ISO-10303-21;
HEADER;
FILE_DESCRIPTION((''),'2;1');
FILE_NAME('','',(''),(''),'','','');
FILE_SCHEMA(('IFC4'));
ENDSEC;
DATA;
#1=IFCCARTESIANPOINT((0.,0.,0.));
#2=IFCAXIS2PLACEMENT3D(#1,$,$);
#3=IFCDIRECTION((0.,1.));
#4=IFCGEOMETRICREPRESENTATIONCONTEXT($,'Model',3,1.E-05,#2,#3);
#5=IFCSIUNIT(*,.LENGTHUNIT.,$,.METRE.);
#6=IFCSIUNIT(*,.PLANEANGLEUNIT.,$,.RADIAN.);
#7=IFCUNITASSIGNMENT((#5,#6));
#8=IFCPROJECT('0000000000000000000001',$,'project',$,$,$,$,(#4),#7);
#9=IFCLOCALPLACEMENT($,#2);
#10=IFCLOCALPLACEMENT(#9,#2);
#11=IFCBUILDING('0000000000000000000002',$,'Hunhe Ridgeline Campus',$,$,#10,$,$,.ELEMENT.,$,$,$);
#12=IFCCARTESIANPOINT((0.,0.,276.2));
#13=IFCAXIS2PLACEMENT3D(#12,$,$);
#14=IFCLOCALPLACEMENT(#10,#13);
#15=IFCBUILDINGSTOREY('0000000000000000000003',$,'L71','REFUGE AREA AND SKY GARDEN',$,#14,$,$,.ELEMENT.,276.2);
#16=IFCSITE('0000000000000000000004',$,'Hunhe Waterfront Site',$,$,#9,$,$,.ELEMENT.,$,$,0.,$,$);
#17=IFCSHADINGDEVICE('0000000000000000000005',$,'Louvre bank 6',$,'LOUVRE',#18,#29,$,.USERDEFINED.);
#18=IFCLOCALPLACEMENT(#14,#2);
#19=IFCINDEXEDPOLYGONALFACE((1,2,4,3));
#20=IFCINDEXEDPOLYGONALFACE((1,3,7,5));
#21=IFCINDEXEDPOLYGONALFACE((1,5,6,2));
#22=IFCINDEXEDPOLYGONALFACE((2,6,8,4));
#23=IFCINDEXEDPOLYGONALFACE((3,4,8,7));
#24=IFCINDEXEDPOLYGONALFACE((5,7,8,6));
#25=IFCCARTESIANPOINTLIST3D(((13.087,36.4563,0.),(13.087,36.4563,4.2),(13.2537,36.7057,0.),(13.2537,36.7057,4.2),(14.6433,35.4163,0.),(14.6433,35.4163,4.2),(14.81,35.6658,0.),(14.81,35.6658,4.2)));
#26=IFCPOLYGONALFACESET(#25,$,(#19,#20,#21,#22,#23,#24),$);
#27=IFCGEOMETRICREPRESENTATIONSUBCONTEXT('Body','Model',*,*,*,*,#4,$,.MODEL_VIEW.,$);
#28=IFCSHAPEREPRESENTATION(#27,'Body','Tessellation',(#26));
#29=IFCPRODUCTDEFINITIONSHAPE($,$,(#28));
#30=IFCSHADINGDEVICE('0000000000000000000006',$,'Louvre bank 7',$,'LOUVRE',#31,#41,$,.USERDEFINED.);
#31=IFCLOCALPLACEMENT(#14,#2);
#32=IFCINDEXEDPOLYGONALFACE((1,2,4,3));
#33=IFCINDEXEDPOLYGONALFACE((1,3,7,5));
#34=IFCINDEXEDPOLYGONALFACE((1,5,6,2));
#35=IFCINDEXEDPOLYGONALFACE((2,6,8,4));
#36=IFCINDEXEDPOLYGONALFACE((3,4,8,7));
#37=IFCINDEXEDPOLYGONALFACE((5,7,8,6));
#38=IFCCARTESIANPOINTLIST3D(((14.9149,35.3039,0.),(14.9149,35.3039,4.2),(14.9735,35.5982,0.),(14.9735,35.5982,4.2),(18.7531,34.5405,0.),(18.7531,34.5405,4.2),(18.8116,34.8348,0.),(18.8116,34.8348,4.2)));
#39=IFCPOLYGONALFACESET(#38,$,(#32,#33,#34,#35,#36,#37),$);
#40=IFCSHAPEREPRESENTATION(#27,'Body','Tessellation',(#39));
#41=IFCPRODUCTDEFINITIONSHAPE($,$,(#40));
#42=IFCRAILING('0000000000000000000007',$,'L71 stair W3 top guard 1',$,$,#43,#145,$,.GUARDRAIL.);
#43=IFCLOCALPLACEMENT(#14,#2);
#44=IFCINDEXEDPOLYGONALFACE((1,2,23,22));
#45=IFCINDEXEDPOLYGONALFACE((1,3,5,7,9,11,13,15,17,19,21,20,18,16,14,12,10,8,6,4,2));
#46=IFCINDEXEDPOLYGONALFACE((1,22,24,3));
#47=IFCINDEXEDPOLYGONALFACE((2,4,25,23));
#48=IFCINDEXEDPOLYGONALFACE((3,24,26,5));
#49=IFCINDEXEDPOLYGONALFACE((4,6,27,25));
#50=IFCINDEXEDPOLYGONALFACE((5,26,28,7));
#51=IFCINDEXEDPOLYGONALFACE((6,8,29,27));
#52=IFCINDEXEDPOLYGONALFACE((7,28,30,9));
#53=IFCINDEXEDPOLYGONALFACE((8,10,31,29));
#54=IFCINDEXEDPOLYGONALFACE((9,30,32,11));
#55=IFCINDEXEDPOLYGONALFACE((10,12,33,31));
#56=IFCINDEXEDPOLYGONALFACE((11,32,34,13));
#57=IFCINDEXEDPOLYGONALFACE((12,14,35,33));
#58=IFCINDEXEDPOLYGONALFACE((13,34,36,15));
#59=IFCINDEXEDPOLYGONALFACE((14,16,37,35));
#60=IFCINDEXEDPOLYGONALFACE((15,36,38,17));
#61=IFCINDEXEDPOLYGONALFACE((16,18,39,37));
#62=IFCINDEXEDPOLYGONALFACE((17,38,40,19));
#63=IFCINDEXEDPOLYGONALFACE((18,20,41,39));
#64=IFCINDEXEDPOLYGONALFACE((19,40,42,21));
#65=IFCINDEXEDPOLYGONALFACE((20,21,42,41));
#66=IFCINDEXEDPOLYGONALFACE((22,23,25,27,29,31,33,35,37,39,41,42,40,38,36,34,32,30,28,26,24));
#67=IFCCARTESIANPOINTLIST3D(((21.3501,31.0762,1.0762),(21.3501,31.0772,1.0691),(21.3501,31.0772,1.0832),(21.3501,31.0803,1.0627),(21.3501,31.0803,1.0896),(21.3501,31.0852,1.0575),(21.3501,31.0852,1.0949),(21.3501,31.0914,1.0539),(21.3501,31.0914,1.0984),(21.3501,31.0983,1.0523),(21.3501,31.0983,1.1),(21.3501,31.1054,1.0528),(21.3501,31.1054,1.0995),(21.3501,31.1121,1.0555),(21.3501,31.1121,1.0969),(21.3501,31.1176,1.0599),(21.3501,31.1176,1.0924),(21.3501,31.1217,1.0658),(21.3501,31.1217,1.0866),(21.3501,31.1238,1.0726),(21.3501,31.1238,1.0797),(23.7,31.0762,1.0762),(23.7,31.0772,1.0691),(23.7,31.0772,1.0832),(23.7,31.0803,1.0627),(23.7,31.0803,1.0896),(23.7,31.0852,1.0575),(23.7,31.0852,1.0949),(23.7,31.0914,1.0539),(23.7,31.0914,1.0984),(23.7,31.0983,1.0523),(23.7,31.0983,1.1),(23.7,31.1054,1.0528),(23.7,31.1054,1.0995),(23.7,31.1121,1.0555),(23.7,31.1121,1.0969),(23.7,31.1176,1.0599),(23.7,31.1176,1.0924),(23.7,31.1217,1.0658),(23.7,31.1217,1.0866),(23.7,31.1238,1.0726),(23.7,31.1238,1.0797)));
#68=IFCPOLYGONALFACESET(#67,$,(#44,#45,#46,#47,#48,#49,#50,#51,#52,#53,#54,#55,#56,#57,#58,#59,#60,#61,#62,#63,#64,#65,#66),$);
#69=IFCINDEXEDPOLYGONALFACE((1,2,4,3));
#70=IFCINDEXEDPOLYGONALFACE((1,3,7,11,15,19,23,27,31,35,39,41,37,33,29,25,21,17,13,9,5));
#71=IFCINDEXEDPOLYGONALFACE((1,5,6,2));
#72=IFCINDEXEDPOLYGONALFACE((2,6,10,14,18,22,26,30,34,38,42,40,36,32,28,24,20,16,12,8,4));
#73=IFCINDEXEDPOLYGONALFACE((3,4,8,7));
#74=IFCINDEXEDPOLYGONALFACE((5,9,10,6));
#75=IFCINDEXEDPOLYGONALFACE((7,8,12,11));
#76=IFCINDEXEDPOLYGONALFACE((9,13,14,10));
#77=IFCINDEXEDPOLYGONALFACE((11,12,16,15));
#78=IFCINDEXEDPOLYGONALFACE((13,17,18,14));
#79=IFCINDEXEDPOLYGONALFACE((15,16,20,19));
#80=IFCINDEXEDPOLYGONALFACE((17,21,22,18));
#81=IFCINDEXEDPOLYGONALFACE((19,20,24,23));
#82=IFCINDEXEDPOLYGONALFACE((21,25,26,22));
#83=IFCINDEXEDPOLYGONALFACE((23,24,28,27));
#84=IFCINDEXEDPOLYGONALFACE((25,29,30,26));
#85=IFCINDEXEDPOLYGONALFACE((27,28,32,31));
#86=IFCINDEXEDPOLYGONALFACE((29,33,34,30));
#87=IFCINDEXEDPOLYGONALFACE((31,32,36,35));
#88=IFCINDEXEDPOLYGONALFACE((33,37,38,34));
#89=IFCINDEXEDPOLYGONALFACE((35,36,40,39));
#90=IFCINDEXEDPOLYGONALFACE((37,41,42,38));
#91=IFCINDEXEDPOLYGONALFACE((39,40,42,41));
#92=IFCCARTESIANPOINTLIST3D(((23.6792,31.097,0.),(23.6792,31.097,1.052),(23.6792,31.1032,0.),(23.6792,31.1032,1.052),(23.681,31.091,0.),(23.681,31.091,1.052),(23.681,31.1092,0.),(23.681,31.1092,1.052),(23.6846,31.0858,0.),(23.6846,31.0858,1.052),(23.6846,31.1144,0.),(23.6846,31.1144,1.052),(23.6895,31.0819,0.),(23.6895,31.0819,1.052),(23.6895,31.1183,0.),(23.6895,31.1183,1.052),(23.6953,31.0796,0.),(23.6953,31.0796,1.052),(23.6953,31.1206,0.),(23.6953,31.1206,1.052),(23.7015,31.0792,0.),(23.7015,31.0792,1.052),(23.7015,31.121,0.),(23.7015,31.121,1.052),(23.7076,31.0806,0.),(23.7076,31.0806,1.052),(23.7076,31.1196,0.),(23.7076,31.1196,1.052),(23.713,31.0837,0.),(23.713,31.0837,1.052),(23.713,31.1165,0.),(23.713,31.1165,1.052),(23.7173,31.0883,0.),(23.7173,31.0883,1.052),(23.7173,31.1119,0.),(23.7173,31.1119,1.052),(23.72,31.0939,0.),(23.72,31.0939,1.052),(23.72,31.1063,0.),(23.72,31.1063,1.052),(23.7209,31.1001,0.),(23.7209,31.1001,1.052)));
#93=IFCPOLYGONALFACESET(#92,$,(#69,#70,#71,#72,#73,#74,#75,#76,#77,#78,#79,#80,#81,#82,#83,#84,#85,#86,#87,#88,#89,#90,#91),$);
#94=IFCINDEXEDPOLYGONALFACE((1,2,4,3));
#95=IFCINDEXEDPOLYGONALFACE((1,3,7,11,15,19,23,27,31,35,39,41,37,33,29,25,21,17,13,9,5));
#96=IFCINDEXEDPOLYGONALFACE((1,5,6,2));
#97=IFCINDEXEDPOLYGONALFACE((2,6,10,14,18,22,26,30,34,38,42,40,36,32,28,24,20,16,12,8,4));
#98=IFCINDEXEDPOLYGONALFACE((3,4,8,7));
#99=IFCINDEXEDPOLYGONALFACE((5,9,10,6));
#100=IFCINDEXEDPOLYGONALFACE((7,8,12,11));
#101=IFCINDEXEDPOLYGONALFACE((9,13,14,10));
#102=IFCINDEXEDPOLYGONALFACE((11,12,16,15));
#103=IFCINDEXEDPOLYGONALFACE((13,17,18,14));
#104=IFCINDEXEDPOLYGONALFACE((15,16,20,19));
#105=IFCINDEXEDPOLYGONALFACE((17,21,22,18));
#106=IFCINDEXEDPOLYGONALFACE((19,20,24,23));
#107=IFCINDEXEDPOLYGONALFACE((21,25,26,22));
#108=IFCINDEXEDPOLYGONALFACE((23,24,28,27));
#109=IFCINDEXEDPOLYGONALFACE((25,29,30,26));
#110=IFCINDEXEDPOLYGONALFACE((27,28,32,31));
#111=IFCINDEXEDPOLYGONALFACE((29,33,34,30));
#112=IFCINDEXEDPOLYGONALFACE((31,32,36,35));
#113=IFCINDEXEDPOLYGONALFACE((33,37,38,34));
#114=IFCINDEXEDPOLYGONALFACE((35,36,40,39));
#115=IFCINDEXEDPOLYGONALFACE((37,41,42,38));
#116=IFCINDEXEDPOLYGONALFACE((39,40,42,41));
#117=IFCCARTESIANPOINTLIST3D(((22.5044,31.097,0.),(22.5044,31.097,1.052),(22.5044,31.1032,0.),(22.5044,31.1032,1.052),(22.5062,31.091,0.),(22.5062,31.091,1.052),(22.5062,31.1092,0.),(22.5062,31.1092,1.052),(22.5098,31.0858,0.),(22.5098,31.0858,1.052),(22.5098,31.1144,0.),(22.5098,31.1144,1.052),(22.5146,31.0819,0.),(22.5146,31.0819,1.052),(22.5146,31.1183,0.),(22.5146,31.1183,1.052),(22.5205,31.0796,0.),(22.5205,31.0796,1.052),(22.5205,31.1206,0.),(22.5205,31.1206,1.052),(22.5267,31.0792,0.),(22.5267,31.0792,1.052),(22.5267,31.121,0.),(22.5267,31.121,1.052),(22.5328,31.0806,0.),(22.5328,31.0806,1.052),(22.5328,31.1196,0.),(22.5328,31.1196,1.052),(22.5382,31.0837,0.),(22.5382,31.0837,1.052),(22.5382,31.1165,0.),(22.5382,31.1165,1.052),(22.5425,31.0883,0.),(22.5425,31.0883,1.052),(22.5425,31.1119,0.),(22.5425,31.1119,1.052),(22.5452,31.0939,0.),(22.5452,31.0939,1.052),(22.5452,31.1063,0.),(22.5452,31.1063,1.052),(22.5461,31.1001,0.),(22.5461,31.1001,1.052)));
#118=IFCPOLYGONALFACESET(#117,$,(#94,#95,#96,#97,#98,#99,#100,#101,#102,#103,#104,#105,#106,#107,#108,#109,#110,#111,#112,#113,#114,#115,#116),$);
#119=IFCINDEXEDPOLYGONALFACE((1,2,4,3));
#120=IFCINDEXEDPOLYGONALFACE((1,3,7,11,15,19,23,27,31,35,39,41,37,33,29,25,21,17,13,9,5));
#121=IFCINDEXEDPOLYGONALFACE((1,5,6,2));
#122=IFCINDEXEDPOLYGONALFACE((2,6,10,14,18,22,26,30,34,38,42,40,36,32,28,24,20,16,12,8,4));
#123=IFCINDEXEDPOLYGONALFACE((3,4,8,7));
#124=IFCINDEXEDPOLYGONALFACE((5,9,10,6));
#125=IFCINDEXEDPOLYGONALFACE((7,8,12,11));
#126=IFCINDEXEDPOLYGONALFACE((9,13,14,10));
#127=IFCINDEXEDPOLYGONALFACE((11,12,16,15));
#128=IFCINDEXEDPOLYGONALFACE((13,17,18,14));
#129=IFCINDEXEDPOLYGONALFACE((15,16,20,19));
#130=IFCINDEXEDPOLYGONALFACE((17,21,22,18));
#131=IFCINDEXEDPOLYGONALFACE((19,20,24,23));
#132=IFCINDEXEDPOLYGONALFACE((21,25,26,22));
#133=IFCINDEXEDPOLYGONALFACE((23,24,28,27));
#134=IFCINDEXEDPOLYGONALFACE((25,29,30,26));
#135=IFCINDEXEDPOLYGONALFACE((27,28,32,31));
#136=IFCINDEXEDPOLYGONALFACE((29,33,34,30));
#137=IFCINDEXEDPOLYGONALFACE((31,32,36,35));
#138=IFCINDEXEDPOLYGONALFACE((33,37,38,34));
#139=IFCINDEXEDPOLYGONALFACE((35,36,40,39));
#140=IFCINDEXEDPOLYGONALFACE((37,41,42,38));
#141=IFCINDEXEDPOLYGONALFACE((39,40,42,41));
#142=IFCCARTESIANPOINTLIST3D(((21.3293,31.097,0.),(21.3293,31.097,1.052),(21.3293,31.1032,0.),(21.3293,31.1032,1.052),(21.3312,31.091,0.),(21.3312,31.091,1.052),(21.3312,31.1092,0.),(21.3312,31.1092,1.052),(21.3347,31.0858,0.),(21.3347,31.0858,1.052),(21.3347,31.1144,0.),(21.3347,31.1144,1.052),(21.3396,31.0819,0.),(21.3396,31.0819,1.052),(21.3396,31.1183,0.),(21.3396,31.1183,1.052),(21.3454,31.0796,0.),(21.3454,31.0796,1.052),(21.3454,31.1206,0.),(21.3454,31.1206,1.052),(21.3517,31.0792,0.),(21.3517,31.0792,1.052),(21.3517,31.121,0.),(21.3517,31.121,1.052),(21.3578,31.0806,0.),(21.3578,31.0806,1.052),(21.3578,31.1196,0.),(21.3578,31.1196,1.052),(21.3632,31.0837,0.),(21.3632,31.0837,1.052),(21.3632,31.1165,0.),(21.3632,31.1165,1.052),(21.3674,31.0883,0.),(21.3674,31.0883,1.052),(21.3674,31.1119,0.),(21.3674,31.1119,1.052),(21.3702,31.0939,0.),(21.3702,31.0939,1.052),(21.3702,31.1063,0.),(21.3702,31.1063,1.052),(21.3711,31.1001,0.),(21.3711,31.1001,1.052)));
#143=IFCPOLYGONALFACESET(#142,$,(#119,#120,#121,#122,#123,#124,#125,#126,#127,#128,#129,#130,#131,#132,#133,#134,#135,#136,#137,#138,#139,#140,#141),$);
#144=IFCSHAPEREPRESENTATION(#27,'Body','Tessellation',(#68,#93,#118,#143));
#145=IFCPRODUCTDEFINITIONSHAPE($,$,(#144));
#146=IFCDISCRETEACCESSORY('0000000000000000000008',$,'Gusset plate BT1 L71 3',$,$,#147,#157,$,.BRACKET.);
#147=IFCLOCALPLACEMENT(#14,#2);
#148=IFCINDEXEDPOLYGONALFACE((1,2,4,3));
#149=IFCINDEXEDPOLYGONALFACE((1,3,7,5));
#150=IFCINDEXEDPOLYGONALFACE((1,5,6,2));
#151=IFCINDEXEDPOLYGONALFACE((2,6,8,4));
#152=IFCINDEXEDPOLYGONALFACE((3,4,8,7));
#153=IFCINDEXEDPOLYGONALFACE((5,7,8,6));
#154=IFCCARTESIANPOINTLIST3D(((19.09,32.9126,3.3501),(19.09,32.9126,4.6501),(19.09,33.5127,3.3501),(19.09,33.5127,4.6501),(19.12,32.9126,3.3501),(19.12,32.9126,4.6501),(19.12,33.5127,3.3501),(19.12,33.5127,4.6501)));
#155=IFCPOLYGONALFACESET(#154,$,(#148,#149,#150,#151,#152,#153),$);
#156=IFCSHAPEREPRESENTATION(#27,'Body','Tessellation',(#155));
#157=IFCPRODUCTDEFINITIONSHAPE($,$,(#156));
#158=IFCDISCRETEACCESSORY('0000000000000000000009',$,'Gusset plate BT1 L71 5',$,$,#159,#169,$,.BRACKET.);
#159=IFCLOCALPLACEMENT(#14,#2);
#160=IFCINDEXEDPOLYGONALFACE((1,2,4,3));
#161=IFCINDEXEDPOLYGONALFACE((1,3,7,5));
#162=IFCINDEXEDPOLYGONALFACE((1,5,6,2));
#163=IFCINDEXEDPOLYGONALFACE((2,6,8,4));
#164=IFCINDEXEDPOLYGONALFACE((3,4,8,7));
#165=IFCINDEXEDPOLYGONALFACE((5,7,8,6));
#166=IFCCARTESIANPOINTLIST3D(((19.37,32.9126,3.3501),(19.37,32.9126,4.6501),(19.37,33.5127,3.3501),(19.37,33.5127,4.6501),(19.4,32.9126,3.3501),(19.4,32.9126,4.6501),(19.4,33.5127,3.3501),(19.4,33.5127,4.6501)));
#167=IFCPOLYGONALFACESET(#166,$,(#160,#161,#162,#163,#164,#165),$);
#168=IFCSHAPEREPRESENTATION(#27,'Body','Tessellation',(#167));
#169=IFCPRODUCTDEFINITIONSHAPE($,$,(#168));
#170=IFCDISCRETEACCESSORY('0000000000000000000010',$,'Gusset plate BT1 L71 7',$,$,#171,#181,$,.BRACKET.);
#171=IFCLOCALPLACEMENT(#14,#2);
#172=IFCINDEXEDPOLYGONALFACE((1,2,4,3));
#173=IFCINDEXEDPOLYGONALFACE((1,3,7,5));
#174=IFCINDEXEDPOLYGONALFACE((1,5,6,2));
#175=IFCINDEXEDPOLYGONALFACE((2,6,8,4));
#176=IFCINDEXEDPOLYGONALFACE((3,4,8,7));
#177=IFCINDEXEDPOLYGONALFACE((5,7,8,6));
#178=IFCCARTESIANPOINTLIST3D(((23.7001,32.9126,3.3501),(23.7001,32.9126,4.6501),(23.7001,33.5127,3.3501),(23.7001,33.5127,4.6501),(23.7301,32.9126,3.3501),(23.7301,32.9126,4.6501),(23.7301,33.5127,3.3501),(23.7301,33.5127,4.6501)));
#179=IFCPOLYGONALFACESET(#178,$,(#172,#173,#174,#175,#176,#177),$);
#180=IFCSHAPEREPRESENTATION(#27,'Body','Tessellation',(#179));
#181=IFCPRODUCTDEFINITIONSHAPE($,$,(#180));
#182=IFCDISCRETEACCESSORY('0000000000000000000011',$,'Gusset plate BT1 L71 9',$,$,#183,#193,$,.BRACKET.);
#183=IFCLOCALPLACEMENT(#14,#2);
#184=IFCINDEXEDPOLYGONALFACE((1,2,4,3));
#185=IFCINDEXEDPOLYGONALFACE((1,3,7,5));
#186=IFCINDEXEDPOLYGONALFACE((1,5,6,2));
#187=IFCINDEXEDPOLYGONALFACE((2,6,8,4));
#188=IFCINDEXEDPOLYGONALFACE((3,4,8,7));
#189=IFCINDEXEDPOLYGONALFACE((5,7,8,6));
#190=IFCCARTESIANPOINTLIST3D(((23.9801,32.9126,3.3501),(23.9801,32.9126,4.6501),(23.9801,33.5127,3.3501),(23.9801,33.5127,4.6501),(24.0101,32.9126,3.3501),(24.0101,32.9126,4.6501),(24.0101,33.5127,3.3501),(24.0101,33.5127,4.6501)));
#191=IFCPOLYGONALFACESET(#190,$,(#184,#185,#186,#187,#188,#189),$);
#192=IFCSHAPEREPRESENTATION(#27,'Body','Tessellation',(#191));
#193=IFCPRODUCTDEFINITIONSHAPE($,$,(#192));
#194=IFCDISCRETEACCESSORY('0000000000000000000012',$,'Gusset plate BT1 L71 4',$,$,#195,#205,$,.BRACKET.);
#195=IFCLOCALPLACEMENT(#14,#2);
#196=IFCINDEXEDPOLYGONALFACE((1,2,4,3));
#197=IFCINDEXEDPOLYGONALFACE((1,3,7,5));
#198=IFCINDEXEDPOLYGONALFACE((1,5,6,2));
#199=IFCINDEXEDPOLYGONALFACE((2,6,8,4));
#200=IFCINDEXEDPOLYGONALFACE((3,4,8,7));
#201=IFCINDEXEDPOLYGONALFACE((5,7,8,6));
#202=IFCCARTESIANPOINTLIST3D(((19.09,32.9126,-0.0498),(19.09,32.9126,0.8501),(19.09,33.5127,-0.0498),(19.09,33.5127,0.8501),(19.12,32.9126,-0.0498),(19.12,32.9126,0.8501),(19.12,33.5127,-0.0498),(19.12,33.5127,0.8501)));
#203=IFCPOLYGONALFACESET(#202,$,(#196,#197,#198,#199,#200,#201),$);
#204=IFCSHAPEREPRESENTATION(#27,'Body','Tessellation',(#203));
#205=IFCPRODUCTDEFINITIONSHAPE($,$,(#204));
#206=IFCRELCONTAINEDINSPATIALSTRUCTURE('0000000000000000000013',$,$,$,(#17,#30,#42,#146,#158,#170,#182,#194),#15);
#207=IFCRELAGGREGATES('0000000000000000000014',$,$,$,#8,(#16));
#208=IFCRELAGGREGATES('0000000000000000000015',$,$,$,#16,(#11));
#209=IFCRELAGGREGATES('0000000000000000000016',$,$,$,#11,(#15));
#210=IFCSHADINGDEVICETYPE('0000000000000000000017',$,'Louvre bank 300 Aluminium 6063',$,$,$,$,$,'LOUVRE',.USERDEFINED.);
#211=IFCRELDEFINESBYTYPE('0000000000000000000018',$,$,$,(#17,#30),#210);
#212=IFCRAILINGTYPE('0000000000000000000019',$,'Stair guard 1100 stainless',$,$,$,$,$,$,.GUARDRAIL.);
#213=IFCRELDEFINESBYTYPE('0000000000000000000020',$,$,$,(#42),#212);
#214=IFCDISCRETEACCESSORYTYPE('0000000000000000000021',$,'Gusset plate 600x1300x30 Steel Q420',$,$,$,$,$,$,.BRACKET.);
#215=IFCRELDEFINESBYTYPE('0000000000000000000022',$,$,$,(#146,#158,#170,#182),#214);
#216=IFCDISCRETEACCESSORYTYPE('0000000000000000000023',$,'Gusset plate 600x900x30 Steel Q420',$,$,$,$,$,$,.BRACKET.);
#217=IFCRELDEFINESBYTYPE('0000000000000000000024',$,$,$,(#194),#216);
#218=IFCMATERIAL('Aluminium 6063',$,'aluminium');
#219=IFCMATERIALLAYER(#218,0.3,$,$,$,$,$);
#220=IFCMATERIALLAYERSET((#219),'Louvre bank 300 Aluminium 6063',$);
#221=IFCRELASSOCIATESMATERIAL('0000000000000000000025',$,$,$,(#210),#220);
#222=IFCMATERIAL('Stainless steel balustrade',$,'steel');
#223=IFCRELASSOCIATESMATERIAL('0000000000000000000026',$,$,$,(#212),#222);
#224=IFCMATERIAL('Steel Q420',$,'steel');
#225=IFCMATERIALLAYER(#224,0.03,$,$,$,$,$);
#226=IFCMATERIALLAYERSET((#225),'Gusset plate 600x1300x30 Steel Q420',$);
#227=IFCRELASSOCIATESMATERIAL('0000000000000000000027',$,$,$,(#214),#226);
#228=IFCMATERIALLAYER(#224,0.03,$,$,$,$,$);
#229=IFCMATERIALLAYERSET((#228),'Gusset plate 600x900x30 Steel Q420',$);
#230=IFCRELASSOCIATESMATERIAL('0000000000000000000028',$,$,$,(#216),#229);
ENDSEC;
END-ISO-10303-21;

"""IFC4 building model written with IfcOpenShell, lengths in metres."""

from ifc_helpers import new_model, si_unit, direction, frame, origin, origin_2d, place, context, subcontext, project, spatial, rectangle, circle, extrude, material, layer, layer_set, type_object, element, save


model = new_model("IFC4")

# Units and contexts
model_context = context("Model", 3, precision=1e-05, world=origin(), true_north=direction((0.0, 1.0)))
body_context = subcontext(model_context, "Body", "Model", "MODEL_VIEW")
ifc_project = project(units=[si_unit("LENGTHUNIT", "METRE"), si_unit("PLANEANGLEUNIT", "RADIAN")], contexts=[model_context])

# Site, building, storey
site_placement = place(None, origin())
site = spatial("IfcSite", under=ifc_project, at=site_placement, Name="Hunhe Waterfront Site", CompositionType="ELEMENT", RefElevation=0.0)
building_placement = place(site_placement, origin())
building = spatial("IfcBuilding", under=site, at=building_placement, Name="Hunhe Ridgeline Campus", CompositionType="ELEMENT")
storey_placement = place(building_placement, frame((0.0, 0.0, 276.2)))
storey = spatial("IfcBuildingStorey", under=building, at=storey_placement, Name="L71", Description="REFUGE AREA AND SKY GARDEN", CompositionType="ELEMENT", Elevation=276.2)

# Shared definitions
ifc_material_1 = material(Name="Steel Q420", Category="steel")
ifc_material_2 = material(Name="Aluminium 6063", Category="aluminium")

# Shading devices
ifc_layer_1 = layer(ifc_material_2, 0.3)
ifc_layer_set_1 = layer_set([ifc_layer_1], Name="Louvre bank 300 Aluminium 6063")
shading_device_type = type_object("IfcShadingDeviceType", Name="Louvre bank 300 Aluminium 6063", ElementType="LOUVRE", PredefinedType="USERDEFINED", material=ifc_layer_set_1)
shading_device_1_placement = place(storey_placement, frame((13.9485, 36.061, 0.0), z_axis=(0.0, 0.0, 1.0), x_axis=(0.83147, -0.55557, 0.0)))
element("IfcShadingDevice", 1, at=shading_device_1_placement, inside=storey, type_object=shading_device_type, Name="Louvre bank 6", ObjectType="LOUVRE", PredefinedType="USERDEFINED", context=body_context, shape_type="SweptSolid", body=[
    extrude(rectangle(XDim=1.8718, YDim=0.3, at=origin_2d()), origin(), (0.0, 0.0, 1.0), 4.2),
])
shading_device_2_placement = place(storey_placement, frame((16.8633, 35.0693, 0.0), z_axis=(0.0, 0.0, 1.0), x_axis=(0.980785, -0.19509, 0.0)))
element("IfcShadingDevice", 2, at=shading_device_2_placement, inside=storey, type_object=shading_device_type, Name="Louvre bank 7", ObjectType="LOUVRE", PredefinedType="USERDEFINED", context=body_context, shape_type="SweptSolid", body=[
    extrude(rectangle(XDim=3.9133, YDim=0.3, at=origin_2d()), origin(), (0.0, 0.0, 1.0), 4.2),
])

# Railing
ifc_material_3 = material(Name="Stainless steel balustrade", Category="steel")
railing_type_1 = type_object("IfcRailingType", Name="Stair guard 1100 stainless", PredefinedType="GUARDRAIL", material=ifc_material_3)
railing_1_placement = place(storey_placement, frame((23.7, 31.1001, 0.0)))
element("IfcRailing", 3, at=railing_1_placement, inside=storey, type_object=railing_type_1, Name="L71 stair W3 top guard 1", PredefinedType="GUARDRAIL", context=body_context, shape_type="SweptSolid", body=[
    extrude(circle(Radius=0.0239, at=origin_2d()), frame((0.0, 0.0, 1.0762), z_axis=(-1.0, 0.0, 0.0), x_axis=(0.0, -1.0, 0.0)), (0.0, 0.0, 1.0), 2.3499),
    extrude(circle(Radius=0.021, at=origin_2d()), origin(), (0.0, 0.0, 1.0), 1.052),
    extrude(circle(Radius=0.021, at=origin_2d()), frame((-1.1748, 0.0, 0.0)), (0.0, 0.0, 1.0), 1.052),
    extrude(circle(Radius=0.021, at=origin_2d()), frame((-2.3499, 0.0, 0.0)), (0.0, 0.0, 1.0), 1.052),
])

# Discrete accessories
ifc_layer_2 = layer(ifc_material_1, 0.03)
ifc_layer_set_2 = layer_set([ifc_layer_2], Name="Gusset plate 600x1300x30 Steel Q420")
discrete_accessory_type_1 = type_object("IfcDiscreteAccessoryType", Name="Gusset plate 600x1300x30 Steel Q420", PredefinedType="BRACKET", material=ifc_layer_set_2)
for number, where, z_axis, x_axis, name in (
    (4, (19.105, 33.2126, 3.3501), (0.0, 0.0, 1.0), (1.0, 0.0, 0.0), "Gusset plate BT1 L71 3"),
    (5, (19.385, 33.2126, 3.3501), (0.0, 0.0, 1.0), (-1.0, 0.0, 0.0), "Gusset plate BT1 L71 5"),
    (6, (23.7151, 33.2126, 3.3501), (0.0, 0.0, 1.0), (1.0, 0.0, 0.0), "Gusset plate BT1 L71 7"),
    (7, (23.9951, 33.2126, 3.3501), (0.0, 0.0, 1.0), (-1.0, 0.0, 0.0), "Gusset plate BT1 L71 9"),
):
    element("IfcDiscreteAccessory", number, at=place(storey_placement, frame(where, z_axis=z_axis, x_axis=x_axis)), inside=storey, type_object=discrete_accessory_type_1, Name=name, PredefinedType="BRACKET", context=body_context, shape_type="SweptSolid", body=[
        extrude(rectangle(XDim=0.03, YDim=0.6001, at=origin_2d()), origin(), (0.0, 0.0, 1.0), 1.3),
    ])
ifc_layer_3 = layer(ifc_material_1, 0.03)
ifc_layer_set_3 = layer_set([ifc_layer_3], Name="Gusset plate 600x900x30 Steel Q420")
discrete_accessory_type_2 = type_object("IfcDiscreteAccessoryType", Name="Gusset plate 600x900x30 Steel Q420", PredefinedType="BRACKET", material=ifc_layer_set_3)
for number, where, z_axis, x_axis, name in (
    (8, (19.105, 33.2126, -0.0498), (0.0, 0.0, 1.0), (1.0, 0.0, 0.0), "Gusset plate BT1 L71 4"),
):
    element("IfcDiscreteAccessory", number, at=place(storey_placement, frame(where, z_axis=z_axis, x_axis=x_axis)), inside=storey, type_object=discrete_accessory_type_2, Name=name, PredefinedType="BRACKET", context=body_context, shape_type="SweptSolid", body=[
        extrude(rectangle(XDim=0.03, YDim=0.6001, at=origin_2d()), origin(), (0.0, 0.0, 1.0), 0.8999),
    ])

save(model, "model.ifc")
